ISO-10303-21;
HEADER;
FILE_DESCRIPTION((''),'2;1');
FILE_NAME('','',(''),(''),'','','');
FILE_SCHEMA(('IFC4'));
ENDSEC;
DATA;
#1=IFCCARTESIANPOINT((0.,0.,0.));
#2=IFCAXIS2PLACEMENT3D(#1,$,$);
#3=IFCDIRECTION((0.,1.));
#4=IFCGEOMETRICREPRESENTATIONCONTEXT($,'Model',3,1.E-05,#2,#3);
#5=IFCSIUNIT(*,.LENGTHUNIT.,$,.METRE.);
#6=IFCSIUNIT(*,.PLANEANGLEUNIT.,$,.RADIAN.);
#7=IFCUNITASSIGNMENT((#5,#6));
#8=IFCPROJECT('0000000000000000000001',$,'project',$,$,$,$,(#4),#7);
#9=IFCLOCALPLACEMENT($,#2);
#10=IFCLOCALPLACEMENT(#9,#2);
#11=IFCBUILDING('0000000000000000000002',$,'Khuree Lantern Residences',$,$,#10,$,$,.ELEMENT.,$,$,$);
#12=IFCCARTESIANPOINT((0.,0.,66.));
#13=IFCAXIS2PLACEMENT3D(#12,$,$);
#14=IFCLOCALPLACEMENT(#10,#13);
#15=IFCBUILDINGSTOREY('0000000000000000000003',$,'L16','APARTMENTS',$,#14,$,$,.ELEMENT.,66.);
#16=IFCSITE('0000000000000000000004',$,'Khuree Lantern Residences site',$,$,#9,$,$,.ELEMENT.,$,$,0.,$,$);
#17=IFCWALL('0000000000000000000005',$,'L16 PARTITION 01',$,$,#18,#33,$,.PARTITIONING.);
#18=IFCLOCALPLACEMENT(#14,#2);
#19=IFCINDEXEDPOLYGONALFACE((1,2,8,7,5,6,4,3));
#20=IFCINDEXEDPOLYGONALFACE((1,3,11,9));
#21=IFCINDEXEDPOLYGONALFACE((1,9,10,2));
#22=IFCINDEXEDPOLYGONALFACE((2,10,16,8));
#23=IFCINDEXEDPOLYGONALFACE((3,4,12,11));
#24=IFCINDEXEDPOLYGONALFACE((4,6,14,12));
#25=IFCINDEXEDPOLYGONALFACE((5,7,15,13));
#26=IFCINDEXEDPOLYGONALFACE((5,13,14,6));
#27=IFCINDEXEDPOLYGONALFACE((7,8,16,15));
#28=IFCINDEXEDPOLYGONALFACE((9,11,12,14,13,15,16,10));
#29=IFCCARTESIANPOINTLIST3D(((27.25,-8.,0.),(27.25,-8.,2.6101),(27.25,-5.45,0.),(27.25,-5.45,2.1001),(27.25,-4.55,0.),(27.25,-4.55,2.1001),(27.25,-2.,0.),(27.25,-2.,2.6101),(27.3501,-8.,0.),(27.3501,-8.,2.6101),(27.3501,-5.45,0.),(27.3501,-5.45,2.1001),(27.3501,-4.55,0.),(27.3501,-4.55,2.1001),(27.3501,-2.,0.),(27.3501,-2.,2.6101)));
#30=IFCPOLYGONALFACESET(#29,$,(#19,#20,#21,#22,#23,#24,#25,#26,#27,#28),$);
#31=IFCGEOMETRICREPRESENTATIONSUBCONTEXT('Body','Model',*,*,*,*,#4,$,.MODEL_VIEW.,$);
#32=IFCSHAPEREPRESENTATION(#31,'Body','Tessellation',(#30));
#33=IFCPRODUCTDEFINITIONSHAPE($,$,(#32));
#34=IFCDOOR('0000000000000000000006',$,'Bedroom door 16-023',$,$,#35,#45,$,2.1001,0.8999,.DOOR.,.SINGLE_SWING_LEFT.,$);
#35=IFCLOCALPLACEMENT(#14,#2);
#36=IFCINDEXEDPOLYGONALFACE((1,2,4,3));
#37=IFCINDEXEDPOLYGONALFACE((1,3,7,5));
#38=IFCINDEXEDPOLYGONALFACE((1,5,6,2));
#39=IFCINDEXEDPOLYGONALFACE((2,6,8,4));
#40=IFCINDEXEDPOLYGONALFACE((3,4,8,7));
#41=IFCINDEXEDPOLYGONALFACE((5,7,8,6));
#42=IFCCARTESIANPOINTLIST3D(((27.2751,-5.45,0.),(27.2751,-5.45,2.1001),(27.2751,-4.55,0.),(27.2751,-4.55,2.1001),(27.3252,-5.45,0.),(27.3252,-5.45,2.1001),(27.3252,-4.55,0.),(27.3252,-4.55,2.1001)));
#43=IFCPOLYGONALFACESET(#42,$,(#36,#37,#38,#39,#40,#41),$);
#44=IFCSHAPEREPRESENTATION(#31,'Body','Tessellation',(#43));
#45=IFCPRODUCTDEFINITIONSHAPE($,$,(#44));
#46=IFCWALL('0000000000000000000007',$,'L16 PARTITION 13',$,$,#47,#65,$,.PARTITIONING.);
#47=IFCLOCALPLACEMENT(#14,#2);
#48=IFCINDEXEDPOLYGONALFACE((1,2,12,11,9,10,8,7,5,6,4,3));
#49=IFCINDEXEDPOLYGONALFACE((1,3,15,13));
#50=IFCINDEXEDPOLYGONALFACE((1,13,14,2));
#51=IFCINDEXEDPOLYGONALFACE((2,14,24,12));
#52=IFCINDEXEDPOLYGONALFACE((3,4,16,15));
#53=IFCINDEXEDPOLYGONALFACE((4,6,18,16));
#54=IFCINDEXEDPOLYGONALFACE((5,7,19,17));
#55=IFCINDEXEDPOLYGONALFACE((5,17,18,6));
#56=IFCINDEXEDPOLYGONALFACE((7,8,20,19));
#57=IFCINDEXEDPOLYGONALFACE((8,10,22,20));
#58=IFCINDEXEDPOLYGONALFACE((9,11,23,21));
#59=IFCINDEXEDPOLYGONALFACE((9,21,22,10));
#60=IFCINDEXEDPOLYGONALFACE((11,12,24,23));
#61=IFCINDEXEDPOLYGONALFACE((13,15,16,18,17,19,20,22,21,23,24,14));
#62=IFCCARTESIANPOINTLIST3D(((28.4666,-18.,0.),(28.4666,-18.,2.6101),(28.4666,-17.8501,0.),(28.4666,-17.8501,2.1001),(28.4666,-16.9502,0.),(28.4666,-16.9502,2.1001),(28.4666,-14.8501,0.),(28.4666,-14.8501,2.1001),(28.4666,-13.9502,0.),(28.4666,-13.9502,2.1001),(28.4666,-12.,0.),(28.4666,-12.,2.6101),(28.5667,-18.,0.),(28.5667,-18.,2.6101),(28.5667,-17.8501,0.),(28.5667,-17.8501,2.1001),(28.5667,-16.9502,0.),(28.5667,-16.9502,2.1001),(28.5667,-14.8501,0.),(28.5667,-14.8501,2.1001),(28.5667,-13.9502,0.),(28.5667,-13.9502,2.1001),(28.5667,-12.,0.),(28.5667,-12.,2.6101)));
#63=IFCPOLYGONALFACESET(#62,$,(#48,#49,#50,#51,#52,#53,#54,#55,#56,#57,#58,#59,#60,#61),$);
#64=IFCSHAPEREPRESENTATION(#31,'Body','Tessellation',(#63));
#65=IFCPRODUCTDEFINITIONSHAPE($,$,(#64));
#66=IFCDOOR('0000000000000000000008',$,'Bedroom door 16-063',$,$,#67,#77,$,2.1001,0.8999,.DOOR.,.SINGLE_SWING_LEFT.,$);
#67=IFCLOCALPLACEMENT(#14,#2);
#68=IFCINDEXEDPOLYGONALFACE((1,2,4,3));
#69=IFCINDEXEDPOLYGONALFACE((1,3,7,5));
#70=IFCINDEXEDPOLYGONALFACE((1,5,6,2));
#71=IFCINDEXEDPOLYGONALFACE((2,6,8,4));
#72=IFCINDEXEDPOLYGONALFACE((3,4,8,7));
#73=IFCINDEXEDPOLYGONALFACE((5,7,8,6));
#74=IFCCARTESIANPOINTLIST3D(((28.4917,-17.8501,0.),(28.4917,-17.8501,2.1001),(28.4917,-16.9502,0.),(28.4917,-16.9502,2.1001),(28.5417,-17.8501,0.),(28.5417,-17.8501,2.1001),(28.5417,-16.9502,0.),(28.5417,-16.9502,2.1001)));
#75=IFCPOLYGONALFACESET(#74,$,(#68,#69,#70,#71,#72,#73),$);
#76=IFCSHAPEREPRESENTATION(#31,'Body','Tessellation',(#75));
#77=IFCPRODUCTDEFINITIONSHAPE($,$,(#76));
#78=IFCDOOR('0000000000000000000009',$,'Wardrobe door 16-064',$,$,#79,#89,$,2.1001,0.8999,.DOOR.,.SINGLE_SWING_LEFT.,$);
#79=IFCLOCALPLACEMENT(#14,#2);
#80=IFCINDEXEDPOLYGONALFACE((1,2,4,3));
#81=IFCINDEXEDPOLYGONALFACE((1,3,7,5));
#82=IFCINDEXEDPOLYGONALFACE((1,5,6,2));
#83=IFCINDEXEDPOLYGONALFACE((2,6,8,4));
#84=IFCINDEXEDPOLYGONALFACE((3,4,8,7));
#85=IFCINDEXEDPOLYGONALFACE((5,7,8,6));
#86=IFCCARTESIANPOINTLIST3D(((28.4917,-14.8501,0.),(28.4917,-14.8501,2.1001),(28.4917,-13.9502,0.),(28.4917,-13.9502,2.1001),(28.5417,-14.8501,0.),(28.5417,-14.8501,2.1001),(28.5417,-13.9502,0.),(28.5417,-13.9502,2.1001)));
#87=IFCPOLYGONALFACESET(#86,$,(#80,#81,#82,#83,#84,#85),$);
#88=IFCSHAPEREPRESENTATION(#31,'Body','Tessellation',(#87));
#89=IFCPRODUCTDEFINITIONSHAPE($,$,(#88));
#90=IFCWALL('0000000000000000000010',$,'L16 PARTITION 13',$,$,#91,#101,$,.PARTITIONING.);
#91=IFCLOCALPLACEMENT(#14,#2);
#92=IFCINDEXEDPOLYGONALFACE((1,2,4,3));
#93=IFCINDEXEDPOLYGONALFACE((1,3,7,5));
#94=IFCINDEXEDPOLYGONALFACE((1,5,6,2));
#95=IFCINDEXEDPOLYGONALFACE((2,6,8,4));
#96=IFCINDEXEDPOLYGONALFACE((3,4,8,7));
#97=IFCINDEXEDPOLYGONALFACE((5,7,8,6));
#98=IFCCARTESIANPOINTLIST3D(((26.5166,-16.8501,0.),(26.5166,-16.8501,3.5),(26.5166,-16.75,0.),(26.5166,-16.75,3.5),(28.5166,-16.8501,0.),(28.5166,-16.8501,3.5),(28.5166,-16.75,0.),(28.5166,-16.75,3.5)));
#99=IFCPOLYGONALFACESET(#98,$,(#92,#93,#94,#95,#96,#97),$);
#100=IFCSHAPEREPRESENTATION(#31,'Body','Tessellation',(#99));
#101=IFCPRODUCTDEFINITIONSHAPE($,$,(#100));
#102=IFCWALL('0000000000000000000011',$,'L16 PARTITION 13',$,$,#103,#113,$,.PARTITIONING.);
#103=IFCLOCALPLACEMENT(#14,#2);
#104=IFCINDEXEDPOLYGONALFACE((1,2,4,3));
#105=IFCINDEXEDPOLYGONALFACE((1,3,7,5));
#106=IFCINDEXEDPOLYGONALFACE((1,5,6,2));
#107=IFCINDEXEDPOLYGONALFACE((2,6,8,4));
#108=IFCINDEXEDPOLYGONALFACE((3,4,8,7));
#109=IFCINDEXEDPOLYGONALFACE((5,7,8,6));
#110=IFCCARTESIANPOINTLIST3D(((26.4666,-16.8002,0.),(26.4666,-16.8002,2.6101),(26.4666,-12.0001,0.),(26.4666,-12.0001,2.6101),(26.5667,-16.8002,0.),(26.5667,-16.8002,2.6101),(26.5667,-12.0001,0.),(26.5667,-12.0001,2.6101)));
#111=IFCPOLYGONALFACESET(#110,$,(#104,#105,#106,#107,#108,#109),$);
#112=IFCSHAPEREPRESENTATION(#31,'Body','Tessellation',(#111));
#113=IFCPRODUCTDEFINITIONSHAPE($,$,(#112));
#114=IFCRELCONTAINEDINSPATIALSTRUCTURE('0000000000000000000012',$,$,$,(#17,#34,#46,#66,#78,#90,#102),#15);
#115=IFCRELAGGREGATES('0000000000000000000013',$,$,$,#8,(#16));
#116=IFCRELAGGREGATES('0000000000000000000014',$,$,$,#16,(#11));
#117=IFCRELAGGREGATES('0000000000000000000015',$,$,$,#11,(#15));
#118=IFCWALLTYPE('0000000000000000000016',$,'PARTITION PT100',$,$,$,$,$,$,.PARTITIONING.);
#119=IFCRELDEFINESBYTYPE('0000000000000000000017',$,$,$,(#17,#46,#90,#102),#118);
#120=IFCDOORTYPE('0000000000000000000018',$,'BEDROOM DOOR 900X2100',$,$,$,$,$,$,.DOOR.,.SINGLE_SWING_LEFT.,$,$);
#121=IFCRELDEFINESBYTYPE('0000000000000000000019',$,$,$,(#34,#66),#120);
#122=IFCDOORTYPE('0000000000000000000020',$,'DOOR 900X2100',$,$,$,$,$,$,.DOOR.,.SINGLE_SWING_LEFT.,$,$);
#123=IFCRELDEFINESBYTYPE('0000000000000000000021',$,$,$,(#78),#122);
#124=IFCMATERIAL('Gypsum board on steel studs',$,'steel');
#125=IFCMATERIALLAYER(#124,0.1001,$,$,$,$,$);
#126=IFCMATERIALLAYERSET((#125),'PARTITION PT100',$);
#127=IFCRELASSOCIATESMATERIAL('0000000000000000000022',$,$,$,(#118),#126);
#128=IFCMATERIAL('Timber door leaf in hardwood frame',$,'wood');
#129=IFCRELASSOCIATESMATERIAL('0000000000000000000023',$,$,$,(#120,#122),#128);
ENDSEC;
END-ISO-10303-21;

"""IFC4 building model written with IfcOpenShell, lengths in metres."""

from ifc_helpers import new_model, si_unit, direction, frame, frame_2d, origin, place, context, subcontext, project, spatial, rectangle, extrude, material, layer, layer_set, type_object, element, fill, save


model = new_model("IFC4")

# Units and contexts
model_context = context("Model", 3, precision=1e-05, world=origin(), true_north=direction((0.0, 1.0)))
body_context = subcontext(model_context, "Body", "Model", "MODEL_VIEW")
ifc_project = project(units=[si_unit("LENGTHUNIT", "METRE"), si_unit("PLANEANGLEUNIT", "RADIAN")], contexts=[model_context])

# Site, building, storey
site_placement = place(None, origin())
site = spatial("IfcSite", under=ifc_project, at=site_placement, Name="Khuree Lantern Residences site", CompositionType="ELEMENT", RefElevation=0.0)
building_placement = place(site_placement, origin())
building = spatial("IfcBuilding", under=site, at=building_placement, Name="Khuree Lantern Residences", CompositionType="ELEMENT")
storey_placement = place(building_placement, frame((0.0, 0.0, 66.0)))
storey = spatial("IfcBuildingStorey", under=building, at=storey_placement, Name="L16", Description="APARTMENTS", CompositionType="ELEMENT", Elevation=66.0)

# Shared definitions
ifc_material_1 = material(Name="Timber door leaf in hardwood frame", Category="wood")

# Shared definitions
ifc_material_2 = material(Name="Gypsum board on steel studs", Category="steel")

# Shared definitions
ifc_layer_1 = layer(ifc_material_2, 0.1001)
ifc_layer_set_1 = layer_set([ifc_layer_1], Name="PARTITION PT100")
wall_type_1 = type_object("IfcWallType", Name="PARTITION PT100", PredefinedType="PARTITIONING", material=ifc_layer_set_1)

# Wall, opening, door
wall_1_placement = place(storey_placement, frame((27.3, -8.0, 0.0), z_axis=(0.0, 0.0, 1.0), x_axis=(0.0, 1.0, 0.0)))
wall_1 = element("IfcWall", 1, at=wall_1_placement, inside=storey, type_object=wall_type_1, Name="L16 PARTITION 01", PredefinedType="PARTITIONING", context=body_context, shape_type="SweptSolid", body=[
    extrude(rectangle(XDim=6.0, YDim=0.1001, at=frame_2d((3.0, 0.0))), origin(), (0.0, 0.0, 1.0), 2.6101),
])
opening_1_placement = place(wall_1_placement, frame((2.55, 0.0, 0.0)))
opening_1 = element("IfcOpeningElement", 2, at=opening_1_placement, cuts=wall_1, PredefinedType="OPENING", context=body_context, shape_type="SweptSolid", body=[
    extrude(rectangle(XDim=0.8999, YDim=2.1001, at=frame_2d((0.45, 1.05))), frame((0.0, 0.0601, 0.0), z_axis=(0.0, -1.0, 0.0), x_axis=(1.0, 0.0, 0.0)), (0.0, 0.0, 1.0), 0.1201),
])
door_type_1 = type_object("IfcDoorType", Name="BEDROOM DOOR 900X2100", OperationType="SINGLE_SWING_LEFT", PredefinedType="DOOR", material=ifc_material_1)
door_1_placement = place(opening_1_placement, origin())
door_1 = element("IfcDoor", 3, at=door_1_placement, inside=storey, type_object=door_type_1, Name="Bedroom door 16-023", OperationType="SINGLE_SWING_LEFT", OverallHeight=2.1001, OverallWidth=0.8999, PredefinedType="DOOR", context=body_context, shape_type="SweptSolid", body=[
    extrude(rectangle(XDim=0.8999, YDim=2.1001, at=frame_2d((0.45, 1.05))), frame((0.0, 0.0249, 0.0), z_axis=(0.0, -1.0, 0.0), x_axis=(1.0, 0.0, 0.0)), (0.0, 0.0, 1.0), 0.05),
])
fill(opening_1, door_1)

# Wall, openings, doors
wall_2_placement = place(storey_placement, frame((28.5166, -18.0, 0.0), z_axis=(0.0, 0.0, 1.0), x_axis=(0.0, 1.0, 0.0)))
wall_2 = element("IfcWall", 4, at=wall_2_placement, inside=storey, type_object=wall_type_1, Name="L16 PARTITION 13", PredefinedType="PARTITIONING", context=body_context, shape_type="SweptSolid", body=[
    extrude(rectangle(XDim=6.0, YDim=0.1001, at=frame_2d((3.0, 0.0))), origin(), (0.0, 0.0, 1.0), 2.6101),
])
opening_2_placement = place(wall_2_placement, frame((0.1499, 0.0, 0.0)))
opening_2 = element("IfcOpeningElement", 5, at=opening_2_placement, cuts=wall_2, PredefinedType="OPENING", context=body_context, shape_type="SweptSolid", body=[
    extrude(rectangle(XDim=0.8999, YDim=2.1001, at=frame_2d((0.45, 1.05))), frame((0.0, 0.0601, 0.0), z_axis=(0.0, -1.0, 0.0), x_axis=(1.0, 0.0, 0.0)), (0.0, 0.0, 1.0), 0.1201),
])
opening_3_placement = place(wall_2_placement, frame((3.1499, 0.0, 0.0)))
opening_3 = element("IfcOpeningElement", 6, at=opening_3_placement, cuts=wall_2, PredefinedType="OPENING", context=body_context, shape_type="SweptSolid", body=[
    extrude(rectangle(XDim=0.8999, YDim=2.1001, at=frame_2d((0.45, 1.05))), frame((0.0, 0.0601, 0.0), z_axis=(0.0, -1.0, 0.0), x_axis=(1.0, 0.0, 0.0)), (0.0, 0.0, 1.0), 0.1201),
])
door_2_placement = place(opening_2_placement, origin())
door_2 = element("IfcDoor", 7, at=door_2_placement, inside=storey, type_object=door_type_1, Name="Bedroom door 16-063", OperationType="SINGLE_SWING_LEFT", OverallHeight=2.1001, OverallWidth=0.8999, PredefinedType="DOOR", context=body_context, shape_type="SweptSolid", body=[
    extrude(rectangle(XDim=0.8999, YDim=2.1001, at=frame_2d((0.45, 1.05))), frame((0.0, 0.0249, 0.0), z_axis=(0.0, -1.0, 0.0), x_axis=(1.0, 0.0, 0.0)), (0.0, 0.0, 1.0), 0.05),
])
fill(opening_2, door_2)
door_type_2 = type_object("IfcDoorType", Name="DOOR 900X2100", OperationType="SINGLE_SWING_LEFT", PredefinedType="DOOR", material=ifc_material_1)
door_3_placement = place(opening_3_placement, origin())
door_3 = element("IfcDoor", 8, at=door_3_placement, inside=storey, type_object=door_type_2, Name="Wardrobe door 16-064", OperationType="SINGLE_SWING_LEFT", OverallHeight=2.1001, OverallWidth=0.8999, PredefinedType="DOOR", context=body_context, shape_type="SweptSolid", body=[
    extrude(rectangle(XDim=0.8999, YDim=2.1001, at=frame_2d((0.45, 1.05))), frame((0.0, 0.0249, 0.0), z_axis=(0.0, -1.0, 0.0), x_axis=(1.0, 0.0, 0.0)), (0.0, 0.0, 1.0), 0.05),
])
fill(opening_3, door_3)

# Walls
wall_3_placement = place(storey_placement, frame((26.5166, -16.8, 0.0), z_axis=(0.0, 0.0, 1.0), x_axis=(1.0, 0.0, 0.0)))
element("IfcWall", 9, at=wall_3_placement, inside=storey, type_object=wall_type_1, Name="L16 PARTITION 13", PredefinedType="PARTITIONING", context=body_context, shape_type="SweptSolid", body=[
    extrude(rectangle(XDim=2.0, YDim=0.1001, at=frame_2d((1.0, 0.0))), origin(), (0.0, 0.0, 1.0), 3.5),
])
wall_4_placement = place(storey_placement, frame((26.5166, -16.8, 0.0), z_axis=(0.0, 0.0, 1.0), x_axis=(0.0, 1.0, 0.0)))
element("IfcWall", 10, at=wall_4_placement, inside=storey, type_object=wall_type_1, Name="L16 PARTITION 13", PredefinedType="PARTITIONING", context=body_context, shape_type="SweptSolid", body=[
    extrude(rectangle(XDim=4.8, YDim=0.1001, at=frame_2d((2.3999, 0.0))), origin(), (0.0, 0.0, 1.0), 2.6101),
])

save(model, "model.ifc")
